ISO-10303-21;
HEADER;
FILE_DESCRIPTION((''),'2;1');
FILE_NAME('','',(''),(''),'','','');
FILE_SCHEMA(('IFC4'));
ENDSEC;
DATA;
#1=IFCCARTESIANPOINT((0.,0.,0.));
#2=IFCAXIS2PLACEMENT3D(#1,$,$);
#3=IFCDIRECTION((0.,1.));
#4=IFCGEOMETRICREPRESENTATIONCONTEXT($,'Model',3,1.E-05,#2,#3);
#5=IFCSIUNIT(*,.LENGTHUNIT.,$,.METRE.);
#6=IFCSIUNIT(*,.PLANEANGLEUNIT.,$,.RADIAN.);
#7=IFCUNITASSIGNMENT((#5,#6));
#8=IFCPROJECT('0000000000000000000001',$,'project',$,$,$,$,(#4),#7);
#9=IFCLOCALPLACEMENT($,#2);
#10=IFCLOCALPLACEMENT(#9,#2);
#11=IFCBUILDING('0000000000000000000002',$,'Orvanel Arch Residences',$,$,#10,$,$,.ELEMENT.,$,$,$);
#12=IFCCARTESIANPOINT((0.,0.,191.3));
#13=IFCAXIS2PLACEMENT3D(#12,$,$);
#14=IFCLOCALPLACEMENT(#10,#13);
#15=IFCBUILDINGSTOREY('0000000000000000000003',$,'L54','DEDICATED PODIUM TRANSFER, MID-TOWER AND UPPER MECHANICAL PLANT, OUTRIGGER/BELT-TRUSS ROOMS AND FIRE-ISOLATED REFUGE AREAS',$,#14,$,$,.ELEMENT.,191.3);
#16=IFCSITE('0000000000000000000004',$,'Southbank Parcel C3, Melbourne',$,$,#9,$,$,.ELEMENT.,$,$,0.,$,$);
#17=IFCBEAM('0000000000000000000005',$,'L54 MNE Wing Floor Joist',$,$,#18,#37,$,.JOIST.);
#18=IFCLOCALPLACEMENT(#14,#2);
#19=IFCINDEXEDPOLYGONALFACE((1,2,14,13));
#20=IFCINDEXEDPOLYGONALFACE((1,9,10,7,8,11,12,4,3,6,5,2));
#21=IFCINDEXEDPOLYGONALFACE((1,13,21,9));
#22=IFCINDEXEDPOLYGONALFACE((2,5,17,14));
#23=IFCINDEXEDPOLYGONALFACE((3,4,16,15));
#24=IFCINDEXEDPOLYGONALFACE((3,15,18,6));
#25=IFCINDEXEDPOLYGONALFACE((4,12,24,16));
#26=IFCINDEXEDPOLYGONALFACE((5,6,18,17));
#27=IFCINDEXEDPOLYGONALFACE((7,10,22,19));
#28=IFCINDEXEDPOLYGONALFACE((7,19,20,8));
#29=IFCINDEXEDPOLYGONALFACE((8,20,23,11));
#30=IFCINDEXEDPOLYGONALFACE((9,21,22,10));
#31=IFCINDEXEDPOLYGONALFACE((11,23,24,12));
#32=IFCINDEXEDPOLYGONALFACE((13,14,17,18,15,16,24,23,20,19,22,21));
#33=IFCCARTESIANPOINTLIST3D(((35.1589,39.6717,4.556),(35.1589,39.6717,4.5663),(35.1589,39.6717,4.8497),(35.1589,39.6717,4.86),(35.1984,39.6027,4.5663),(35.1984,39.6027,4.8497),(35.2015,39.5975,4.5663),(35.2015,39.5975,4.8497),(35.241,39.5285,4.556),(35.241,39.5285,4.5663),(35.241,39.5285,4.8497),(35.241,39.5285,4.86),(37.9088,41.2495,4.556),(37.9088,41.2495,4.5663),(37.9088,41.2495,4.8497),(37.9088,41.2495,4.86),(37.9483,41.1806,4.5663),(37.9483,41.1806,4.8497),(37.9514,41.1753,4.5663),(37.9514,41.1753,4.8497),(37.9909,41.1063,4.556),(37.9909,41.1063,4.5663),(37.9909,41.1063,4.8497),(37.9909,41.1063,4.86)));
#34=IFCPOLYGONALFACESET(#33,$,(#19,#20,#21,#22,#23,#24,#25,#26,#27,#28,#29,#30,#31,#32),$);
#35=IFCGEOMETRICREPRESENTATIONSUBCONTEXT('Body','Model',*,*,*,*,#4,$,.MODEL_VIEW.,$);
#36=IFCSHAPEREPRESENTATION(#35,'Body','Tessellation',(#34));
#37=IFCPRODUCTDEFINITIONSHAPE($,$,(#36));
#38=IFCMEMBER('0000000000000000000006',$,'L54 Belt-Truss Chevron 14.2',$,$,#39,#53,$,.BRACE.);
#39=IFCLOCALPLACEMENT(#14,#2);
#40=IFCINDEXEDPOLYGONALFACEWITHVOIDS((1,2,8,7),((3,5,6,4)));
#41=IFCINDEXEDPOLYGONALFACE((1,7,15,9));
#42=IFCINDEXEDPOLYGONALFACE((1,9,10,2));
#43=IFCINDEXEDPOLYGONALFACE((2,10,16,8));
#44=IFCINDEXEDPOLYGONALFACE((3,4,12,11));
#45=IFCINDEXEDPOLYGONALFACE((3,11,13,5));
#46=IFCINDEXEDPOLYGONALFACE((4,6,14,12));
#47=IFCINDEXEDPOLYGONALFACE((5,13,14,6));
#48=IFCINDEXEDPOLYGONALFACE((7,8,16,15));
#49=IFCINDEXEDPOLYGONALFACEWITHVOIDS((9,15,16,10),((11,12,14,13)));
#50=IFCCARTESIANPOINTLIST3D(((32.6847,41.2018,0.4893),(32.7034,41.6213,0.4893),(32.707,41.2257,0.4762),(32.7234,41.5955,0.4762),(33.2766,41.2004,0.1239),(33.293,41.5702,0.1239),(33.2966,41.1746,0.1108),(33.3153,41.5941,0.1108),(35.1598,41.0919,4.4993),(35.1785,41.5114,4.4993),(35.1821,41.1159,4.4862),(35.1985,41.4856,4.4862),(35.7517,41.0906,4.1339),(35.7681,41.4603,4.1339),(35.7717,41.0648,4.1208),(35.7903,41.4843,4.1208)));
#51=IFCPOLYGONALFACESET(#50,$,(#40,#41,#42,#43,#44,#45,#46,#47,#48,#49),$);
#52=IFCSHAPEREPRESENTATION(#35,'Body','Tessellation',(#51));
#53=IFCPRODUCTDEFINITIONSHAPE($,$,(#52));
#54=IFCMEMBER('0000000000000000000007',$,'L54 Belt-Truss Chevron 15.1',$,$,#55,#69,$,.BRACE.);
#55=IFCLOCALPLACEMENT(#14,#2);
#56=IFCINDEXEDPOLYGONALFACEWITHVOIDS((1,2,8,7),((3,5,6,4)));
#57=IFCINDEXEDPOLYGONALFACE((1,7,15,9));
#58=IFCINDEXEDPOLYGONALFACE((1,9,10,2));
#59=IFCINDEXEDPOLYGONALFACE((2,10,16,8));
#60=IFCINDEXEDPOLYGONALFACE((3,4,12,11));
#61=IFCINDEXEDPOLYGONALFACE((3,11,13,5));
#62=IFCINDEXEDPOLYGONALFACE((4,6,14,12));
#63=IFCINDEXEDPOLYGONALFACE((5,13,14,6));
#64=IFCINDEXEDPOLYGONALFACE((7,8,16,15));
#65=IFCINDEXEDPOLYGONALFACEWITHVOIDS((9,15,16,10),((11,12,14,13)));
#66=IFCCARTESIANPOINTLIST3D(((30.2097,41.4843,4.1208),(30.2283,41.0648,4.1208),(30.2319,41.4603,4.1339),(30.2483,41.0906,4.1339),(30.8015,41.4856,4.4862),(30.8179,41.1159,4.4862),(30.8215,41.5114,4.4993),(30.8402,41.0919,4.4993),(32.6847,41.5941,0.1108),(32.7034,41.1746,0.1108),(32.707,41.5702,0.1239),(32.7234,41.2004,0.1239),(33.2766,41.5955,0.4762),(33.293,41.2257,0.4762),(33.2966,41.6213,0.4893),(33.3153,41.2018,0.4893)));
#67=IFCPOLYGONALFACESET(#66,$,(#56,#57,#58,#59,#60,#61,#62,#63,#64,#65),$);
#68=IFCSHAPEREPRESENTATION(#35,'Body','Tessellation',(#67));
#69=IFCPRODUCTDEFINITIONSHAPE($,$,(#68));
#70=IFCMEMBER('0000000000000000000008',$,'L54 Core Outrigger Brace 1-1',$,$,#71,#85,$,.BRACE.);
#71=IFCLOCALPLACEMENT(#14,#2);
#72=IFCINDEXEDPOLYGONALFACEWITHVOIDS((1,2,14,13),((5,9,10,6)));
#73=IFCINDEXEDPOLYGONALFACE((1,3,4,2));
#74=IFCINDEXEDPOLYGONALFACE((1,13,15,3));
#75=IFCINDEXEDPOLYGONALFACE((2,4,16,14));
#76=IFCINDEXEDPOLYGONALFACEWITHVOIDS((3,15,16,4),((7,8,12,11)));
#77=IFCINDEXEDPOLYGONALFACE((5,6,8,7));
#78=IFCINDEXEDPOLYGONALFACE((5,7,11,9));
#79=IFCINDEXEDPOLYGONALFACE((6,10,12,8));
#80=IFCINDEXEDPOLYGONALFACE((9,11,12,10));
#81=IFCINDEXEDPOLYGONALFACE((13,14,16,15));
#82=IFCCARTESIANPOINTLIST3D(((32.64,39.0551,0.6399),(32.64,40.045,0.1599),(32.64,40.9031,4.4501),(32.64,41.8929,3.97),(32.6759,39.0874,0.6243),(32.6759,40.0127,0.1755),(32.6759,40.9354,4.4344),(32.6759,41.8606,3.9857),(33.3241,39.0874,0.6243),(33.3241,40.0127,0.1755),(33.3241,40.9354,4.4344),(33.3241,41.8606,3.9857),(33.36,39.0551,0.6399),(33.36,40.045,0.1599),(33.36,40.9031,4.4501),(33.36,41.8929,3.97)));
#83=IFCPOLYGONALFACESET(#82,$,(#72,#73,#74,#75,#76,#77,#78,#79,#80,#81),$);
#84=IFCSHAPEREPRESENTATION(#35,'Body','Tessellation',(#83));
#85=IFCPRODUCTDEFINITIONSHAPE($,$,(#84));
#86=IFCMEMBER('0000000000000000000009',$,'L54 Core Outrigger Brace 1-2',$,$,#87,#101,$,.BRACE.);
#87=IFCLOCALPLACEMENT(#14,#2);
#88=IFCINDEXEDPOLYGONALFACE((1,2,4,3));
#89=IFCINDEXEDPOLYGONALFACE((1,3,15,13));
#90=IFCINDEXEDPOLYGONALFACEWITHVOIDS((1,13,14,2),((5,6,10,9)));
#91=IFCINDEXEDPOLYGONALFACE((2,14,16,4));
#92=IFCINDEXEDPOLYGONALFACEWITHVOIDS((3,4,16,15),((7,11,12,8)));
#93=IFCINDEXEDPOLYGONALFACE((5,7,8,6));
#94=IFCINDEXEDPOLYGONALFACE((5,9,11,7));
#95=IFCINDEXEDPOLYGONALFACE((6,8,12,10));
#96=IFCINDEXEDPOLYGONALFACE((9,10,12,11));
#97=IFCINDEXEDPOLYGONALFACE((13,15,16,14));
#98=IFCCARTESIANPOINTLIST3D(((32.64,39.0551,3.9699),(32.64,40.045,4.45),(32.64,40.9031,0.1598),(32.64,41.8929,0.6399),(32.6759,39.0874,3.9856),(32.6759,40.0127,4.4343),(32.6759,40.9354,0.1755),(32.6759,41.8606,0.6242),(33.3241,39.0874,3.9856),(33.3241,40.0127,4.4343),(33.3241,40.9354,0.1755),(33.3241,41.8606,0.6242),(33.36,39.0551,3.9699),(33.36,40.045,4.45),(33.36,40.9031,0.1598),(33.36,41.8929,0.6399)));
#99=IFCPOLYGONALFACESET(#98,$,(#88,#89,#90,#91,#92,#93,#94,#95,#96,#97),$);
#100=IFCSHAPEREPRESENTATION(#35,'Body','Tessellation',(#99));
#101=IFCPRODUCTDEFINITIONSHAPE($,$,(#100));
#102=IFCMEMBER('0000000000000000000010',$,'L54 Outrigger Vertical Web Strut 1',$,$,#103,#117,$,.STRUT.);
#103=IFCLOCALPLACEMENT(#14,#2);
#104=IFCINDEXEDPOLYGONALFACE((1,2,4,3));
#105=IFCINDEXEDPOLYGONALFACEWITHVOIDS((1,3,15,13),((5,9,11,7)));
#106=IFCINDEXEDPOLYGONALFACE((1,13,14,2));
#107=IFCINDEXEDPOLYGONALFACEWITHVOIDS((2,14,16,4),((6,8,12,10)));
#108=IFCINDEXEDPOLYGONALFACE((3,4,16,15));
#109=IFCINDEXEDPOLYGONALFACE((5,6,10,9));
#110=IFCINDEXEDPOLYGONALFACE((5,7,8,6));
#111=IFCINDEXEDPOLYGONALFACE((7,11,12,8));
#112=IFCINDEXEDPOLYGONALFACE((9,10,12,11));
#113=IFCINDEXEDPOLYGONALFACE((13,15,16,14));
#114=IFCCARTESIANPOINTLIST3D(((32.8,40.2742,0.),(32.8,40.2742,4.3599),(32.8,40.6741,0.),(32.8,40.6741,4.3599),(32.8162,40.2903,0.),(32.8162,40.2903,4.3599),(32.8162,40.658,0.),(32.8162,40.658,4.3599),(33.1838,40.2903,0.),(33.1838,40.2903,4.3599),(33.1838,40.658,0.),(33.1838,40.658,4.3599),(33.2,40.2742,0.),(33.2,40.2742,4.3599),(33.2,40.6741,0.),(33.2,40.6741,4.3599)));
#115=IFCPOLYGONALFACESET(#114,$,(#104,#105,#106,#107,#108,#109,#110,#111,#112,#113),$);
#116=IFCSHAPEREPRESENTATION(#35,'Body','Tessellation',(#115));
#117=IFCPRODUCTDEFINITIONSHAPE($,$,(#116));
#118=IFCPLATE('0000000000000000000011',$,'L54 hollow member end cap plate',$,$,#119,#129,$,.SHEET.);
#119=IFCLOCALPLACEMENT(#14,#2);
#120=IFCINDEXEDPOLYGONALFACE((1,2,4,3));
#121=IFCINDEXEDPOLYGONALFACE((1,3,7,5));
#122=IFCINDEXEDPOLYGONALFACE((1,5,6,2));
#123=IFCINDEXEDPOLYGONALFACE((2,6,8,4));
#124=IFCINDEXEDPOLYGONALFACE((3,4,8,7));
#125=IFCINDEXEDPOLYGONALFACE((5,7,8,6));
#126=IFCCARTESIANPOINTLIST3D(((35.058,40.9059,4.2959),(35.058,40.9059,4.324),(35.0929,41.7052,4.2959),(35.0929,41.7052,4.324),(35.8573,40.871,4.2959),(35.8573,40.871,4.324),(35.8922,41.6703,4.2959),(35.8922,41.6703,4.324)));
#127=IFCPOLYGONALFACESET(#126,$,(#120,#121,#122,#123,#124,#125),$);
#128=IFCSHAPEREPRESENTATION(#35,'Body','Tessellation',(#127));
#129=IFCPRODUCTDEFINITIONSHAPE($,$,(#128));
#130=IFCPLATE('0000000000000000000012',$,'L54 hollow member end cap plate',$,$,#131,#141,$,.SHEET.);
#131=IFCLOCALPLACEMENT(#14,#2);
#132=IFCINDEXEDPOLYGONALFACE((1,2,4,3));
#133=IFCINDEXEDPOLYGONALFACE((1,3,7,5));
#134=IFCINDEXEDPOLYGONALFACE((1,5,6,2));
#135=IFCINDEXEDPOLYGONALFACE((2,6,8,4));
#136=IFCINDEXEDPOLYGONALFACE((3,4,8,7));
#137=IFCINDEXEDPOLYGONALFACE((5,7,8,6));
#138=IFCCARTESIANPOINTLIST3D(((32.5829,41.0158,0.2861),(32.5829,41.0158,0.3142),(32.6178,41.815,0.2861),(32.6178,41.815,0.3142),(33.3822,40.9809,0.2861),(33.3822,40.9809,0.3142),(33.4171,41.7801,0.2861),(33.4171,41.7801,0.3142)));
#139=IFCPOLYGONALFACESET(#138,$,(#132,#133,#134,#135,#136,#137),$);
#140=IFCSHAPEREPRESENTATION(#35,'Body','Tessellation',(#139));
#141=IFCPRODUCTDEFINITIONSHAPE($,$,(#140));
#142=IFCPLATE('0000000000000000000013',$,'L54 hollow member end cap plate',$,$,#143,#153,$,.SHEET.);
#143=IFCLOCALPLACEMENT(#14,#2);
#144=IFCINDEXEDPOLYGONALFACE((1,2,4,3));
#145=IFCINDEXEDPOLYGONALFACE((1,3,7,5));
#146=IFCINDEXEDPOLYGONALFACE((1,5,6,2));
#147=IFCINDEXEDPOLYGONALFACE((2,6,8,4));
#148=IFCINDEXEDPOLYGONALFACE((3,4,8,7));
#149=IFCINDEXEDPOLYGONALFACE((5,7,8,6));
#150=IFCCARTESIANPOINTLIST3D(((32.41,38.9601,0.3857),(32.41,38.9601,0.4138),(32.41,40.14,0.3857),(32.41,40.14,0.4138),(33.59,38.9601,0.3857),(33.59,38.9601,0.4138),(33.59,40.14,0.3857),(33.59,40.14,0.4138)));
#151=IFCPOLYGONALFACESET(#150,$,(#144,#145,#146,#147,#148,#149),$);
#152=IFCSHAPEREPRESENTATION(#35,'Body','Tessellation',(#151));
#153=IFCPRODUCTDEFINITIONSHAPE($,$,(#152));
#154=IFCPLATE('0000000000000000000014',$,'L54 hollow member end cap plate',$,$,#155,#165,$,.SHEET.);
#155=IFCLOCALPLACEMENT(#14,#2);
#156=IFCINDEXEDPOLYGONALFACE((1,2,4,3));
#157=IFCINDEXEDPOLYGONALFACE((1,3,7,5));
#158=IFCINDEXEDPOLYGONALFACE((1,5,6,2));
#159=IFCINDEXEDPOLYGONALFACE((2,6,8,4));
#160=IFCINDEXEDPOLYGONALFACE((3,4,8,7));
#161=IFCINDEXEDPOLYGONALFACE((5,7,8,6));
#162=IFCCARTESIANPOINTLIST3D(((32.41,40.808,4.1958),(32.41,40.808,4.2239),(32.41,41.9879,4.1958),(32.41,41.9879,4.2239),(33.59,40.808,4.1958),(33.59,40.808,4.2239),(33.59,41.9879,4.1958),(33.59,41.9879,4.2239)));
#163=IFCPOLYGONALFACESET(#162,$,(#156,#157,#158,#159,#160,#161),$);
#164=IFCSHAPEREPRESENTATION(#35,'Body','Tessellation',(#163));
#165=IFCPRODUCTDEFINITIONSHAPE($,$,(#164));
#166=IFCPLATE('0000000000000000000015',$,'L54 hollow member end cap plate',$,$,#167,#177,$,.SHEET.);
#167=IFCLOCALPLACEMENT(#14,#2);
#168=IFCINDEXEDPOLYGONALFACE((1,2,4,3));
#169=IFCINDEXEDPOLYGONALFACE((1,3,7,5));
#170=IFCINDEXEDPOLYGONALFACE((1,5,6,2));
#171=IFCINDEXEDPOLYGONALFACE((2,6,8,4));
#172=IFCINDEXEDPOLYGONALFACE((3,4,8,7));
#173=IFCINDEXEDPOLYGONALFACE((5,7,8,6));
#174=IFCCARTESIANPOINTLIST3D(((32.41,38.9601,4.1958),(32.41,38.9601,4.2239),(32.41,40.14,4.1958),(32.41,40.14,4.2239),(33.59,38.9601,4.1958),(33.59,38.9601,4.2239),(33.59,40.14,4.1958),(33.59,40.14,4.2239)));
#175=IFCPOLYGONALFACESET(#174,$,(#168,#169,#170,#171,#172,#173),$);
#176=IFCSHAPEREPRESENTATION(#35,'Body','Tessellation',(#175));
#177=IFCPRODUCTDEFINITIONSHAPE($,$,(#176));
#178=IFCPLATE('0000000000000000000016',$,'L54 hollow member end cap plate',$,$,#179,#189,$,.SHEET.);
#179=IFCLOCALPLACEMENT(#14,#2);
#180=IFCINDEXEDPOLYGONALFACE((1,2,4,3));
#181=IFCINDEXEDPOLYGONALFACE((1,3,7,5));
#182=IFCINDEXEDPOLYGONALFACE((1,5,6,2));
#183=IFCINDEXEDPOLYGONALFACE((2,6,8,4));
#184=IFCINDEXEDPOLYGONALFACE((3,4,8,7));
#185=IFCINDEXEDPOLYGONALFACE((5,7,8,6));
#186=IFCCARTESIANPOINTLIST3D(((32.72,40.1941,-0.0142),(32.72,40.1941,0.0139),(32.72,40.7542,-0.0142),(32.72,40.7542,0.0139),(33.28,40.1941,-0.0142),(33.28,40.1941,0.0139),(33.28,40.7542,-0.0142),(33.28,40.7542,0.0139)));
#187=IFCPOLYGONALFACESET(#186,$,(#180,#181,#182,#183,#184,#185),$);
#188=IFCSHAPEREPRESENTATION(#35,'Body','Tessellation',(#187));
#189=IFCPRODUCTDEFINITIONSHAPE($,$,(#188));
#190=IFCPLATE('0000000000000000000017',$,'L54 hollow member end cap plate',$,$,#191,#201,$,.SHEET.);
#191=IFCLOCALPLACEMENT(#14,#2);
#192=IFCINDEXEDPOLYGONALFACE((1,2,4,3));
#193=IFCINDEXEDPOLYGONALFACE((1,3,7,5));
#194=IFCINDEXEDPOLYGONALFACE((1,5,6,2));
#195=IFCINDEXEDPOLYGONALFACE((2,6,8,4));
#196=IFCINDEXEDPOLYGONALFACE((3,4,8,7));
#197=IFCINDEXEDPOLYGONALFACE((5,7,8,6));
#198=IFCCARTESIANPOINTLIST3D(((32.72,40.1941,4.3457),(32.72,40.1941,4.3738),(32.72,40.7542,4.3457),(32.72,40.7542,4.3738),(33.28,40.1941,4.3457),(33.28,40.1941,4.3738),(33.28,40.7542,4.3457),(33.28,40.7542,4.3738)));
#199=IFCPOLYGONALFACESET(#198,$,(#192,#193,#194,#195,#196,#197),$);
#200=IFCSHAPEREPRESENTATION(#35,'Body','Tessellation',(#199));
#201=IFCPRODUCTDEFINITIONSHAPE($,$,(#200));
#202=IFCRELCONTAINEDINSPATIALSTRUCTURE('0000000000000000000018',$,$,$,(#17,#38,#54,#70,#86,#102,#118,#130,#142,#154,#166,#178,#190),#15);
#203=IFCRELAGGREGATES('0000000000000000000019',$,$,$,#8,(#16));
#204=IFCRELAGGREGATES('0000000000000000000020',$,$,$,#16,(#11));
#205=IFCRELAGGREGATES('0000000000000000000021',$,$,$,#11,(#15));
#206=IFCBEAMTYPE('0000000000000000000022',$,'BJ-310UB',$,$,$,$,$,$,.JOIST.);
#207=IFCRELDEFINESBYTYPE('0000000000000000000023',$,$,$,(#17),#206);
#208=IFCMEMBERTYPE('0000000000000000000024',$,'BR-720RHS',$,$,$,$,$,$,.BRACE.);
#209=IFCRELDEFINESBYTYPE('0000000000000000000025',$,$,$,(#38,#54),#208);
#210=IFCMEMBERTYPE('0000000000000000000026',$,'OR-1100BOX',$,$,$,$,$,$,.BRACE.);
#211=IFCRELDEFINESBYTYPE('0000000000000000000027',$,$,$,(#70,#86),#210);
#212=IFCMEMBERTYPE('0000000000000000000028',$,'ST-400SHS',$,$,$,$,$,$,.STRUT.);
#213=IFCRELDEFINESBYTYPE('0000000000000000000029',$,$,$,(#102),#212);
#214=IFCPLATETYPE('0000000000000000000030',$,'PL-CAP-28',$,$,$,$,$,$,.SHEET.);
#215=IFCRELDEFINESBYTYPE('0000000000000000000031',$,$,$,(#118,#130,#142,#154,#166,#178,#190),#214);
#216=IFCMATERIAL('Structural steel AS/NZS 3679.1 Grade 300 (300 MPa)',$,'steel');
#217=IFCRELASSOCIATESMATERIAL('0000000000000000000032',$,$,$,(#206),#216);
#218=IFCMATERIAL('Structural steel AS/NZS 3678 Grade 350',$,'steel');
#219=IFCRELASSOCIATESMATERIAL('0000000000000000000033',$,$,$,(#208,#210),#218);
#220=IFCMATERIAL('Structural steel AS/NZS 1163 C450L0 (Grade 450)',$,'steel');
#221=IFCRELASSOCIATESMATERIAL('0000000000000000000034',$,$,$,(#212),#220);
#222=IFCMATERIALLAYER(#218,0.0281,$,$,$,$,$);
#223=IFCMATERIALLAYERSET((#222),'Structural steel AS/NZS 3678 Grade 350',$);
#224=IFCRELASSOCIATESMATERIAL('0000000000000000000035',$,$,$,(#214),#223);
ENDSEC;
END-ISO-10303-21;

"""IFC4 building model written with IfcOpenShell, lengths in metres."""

from ifc_helpers import new_model, si_unit, direction, frame, origin, origin_2d, place, context, subcontext, project, spatial, rectangle, hollow_rectangle, i_section, extrude, material, layer, layer_set, material_profile, profile_set, type_object, element, save


model = new_model("IFC4")

# Units and contexts
model_context = context("Model", 3, precision=1e-05, world=origin(), true_north=direction((0.0, 1.0)))
body_context = subcontext(model_context, "Body", "Model", "MODEL_VIEW")
ifc_project = project(units=[si_unit("LENGTHUNIT", "METRE"), si_unit("PLANEANGLEUNIT", "RADIAN")], contexts=[model_context])

# Site, building, storey
site_placement = place(None, origin())
site = spatial("IfcSite", under=ifc_project, at=site_placement, Name="Southbank Parcel C3, Melbourne", CompositionType="ELEMENT", RefElevation=0.0)
building_placement = place(site_placement, origin())
building = spatial("IfcBuilding", under=site, at=building_placement, Name="Orvanel Arch Residences", CompositionType="ELEMENT")
storey_placement = place(building_placement, frame((0.0, 0.0, 191.3)))
storey = spatial("IfcBuildingStorey", under=building, at=storey_placement, Name="L54", Description="DEDICATED PODIUM TRANSFER, MID-TOWER AND UPPER MECHANICAL PLANT, OUTRIGGER/BELT-TRUSS ROOMS AND FIRE-ISOLATED REFUGE AREAS", CompositionType="ELEMENT", Elevation=191.3)

# Beam
ifc_material_1 = material(Name="Structural steel AS/NZS 3679.1 Grade 300 (300 MPa)", Category="steel")
ifc_material_profile_1 = material_profile(ifc_material_1, i_section(OverallWidth=0.165, OverallDepth=0.304, WebThickness=0.0061, FlangeThickness=0.0103, at=origin_2d()), Name="310UB40.4")
ifc_profile_set_1 = profile_set([ifc_material_profile_1], Name="Structural steel AS/NZS 3679.1 Grade 300 (300 MPa)")
beam_type = type_object("IfcBeamType", Name="BJ-310UB", PredefinedType="JOIST", material=ifc_profile_set_1)
beam_placement = place(storey_placement, frame((35.2, 39.6001, 4.708), z_axis=(0.867365, 0.497672, 0.0), x_axis=(-0.497672, 0.867365, 0.0)))
element("IfcBeam", 1, at=beam_placement, inside=storey, type_object=beam_type, Name="L54 MNE Wing Floor Joist", PredefinedType="JOIST", context=body_context, shape_type="SweptSolid", body=[
    extrude(i_section(OverallWidth=0.165, OverallDepth=0.304, WebThickness=0.0061, FlangeThickness=0.0103, at=origin_2d()), origin(), (0.0, 0.0, 1.0), 3.1704),
])

# Members
ifc_material_2 = material(Name="Structural steel AS/NZS 3678 Grade 350", Category="steel")
ifc_material_profile_2 = material_profile(ifc_material_2, hollow_rectangle(XDim=0.4199, YDim=0.72, WallThickness=0.0249, at=origin_2d()), Name="RHS720x420x25")
ifc_profile_set_2 = profile_set([ifc_material_profile_2], Name="Structural steel AS/NZS 3678 Grade 350")
member_type_1 = type_object("IfcMemberType", Name="BR-720RHS", PredefinedType="BRACE", material=ifc_profile_set_2)
for number, where, z_axis, x_axis, name in (
    (2, (33.0, 41.3979, 0.3), (0.525093, -0.023308, 0.850726), (0.044344, 0.999016, 0.0), "L54 Belt-Truss Chevron 14.2"),
    (3, (33.0, 41.3979, 0.3), (-0.525093, -0.023308, 0.850726), (0.044344, -0.999016, 0.0), "L54 Belt-Truss Chevron 15.1"),
):
    element("IfcMember", number, at=place(storey_placement, frame(where, z_axis=z_axis, x_axis=x_axis)), inside=storey, type_object=member_type_1, Name=name, PredefinedType="BRACE", context=body_context, shape_type="SweptSolid", body=[
        extrude(hollow_rectangle(XDim=0.4199, YDim=0.72, WallThickness=0.0249, at=origin_2d()), origin(), (0.0, 0.0, 1.0), 4.7136),
    ])
ifc_material_profile_3 = material_profile(ifc_material_2, hollow_rectangle(XDim=0.72, YDim=1.1001, WallThickness=0.0359, at=origin_2d()), Name="BOX1100x720x36")
ifc_profile_set_3 = profile_set([ifc_material_profile_3], Name="Structural steel AS/NZS 3678 Grade 350")
member_type_2 = type_object("IfcMemberType", Name="OR-1100BOX", PredefinedType="BRACE", material=ifc_profile_set_3)
for number, where, z_axis, x_axis, name in (
    (4, (33.0, 39.55, 0.3999), (0.0, 0.436388, 0.899759), (-1.0, 0.0, 0.0), "L54 Core Outrigger Brace 1-1"),
    (5, (33.0, 39.55, 4.21), (0.0, 0.436388, -0.899759), (-1.0, 0.0, 0.0), "L54 Core Outrigger Brace 1-2"),
):
    element("IfcMember", number, at=place(storey_placement, frame(where, z_axis=z_axis, x_axis=x_axis)), inside=storey, type_object=member_type_2, Name=name, PredefinedType="BRACE", context=body_context, shape_type="SweptSolid", body=[
        extrude(hollow_rectangle(XDim=0.72, YDim=1.1001, WallThickness=0.0359, at=origin_2d()), origin(), (0.0, 0.0, 1.0), 4.2346),
    ])
ifc_material_3 = material(Name="Structural steel AS/NZS 1163 C450L0 (Grade 450)", Category="steel")
ifc_material_profile_4 = material_profile(ifc_material_3, hollow_rectangle(XDim=0.3999, YDim=0.3999, WallThickness=0.0161, at=origin_2d()), Name="SHS400x400x16")
ifc_profile_set_4 = profile_set([ifc_material_profile_4], Name="Structural steel AS/NZS 1163 C450L0 (Grade 450)")
member_type_3 = type_object("IfcMemberType", Name="ST-400SHS", PredefinedType="STRUT", material=ifc_profile_set_4)
member_placement = place(storey_placement, frame((33.0, 40.4741, 0.0), z_axis=(0.0, 0.0, 1.0), x_axis=(1.0, 0.0, 0.0)))
element("IfcMember", 6, at=member_placement, inside=storey, type_object=member_type_3, Name="L54 Outrigger Vertical Web Strut 1", PredefinedType="STRUT", context=body_context, shape_type="SweptSolid", body=[
    extrude(hollow_rectangle(XDim=0.3999, YDim=0.3999, WallThickness=0.0161, at=origin_2d()), origin(), (0.0, 0.0, 1.0), 4.3599),
])

# Plates
ifc_layer_1 = layer(ifc_material_2, 0.0281)
ifc_layer_set_1 = layer_set([ifc_layer_1], Name="Structural steel AS/NZS 3678 Grade 350")
plate_type_1 = type_object("IfcPlateType", Name="PL-CAP-28", PredefinedType="SHEET", material=ifc_layer_set_1)
for number, where, z_axis, x_axis, name in (
    (7, (35.4751, 41.2881, 4.2959), (0.0, 0.0, 1.0), (-0.999048, 0.043619, 0.0), "L54 hollow member end cap plate"),
    (8, (33.0, 41.3979, 0.2861), (0.0, 0.0, 1.0), (-0.999048, 0.043619, 0.0), "L54 hollow member end cap plate"),
):
    element("IfcPlate", number, at=place(storey_placement, frame(where, z_axis=z_axis, x_axis=x_axis)), inside=storey, type_object=plate_type_1, Name=name, PredefinedType="SHEET", context=body_context, shape_type="SweptSolid", body=[
        extrude(rectangle(XDim=0.8, YDim=0.8, at=origin_2d()), origin(), (0.0, 0.0, 1.0), 0.0281),
    ])
for number, where, z_axis, x_axis, name in (
    (9, (33.0, 39.55, 0.3857), (0.0, 0.0, 1.0), (0.0, 1.0, 0.0), "L54 hollow member end cap plate"),
    (10, (33.0, 41.3979, 4.1958), (0.0, 0.0, 1.0), (0.0, 1.0, 0.0), "L54 hollow member end cap plate"),
    (11, (33.0, 39.55, 4.1958), (0.0, 0.0, 1.0), (0.0, 1.0, 0.0), "L54 hollow member end cap plate"),
):
    element("IfcPlate", number, at=place(storey_placement, frame(where, z_axis=z_axis, x_axis=x_axis)), inside=storey, type_object=plate_type_1, Name=name, PredefinedType="SHEET", context=body_context, shape_type="SweptSolid", body=[
        extrude(rectangle(XDim=1.1799, YDim=1.1799, at=origin_2d()), origin(), (0.0, 0.0, 1.0), 0.0281),
    ])
for number, where, z_axis, x_axis, name in (
    (12, (33.0, 40.4741, -0.0142), (0.0, 0.0, 1.0), (1.0, 0.0, 0.0), "L54 hollow member end cap plate"),
    (13, (33.0, 40.4741, 4.3457), (0.0, 0.0, 1.0), (1.0, 0.0, 0.0), "L54 hollow member end cap plate"),
):
    element("IfcPlate", number, at=place(storey_placement, frame(where, z_axis=z_axis, x_axis=x_axis)), inside=storey, type_object=plate_type_1, Name=name, PredefinedType="SHEET", context=body_context, shape_type="SweptSolid", body=[
        extrude(rectangle(XDim=0.5601, YDim=0.5601, at=origin_2d()), origin(), (0.0, 0.0, 1.0), 0.0281),
    ])

save(model, "model.ifc")
